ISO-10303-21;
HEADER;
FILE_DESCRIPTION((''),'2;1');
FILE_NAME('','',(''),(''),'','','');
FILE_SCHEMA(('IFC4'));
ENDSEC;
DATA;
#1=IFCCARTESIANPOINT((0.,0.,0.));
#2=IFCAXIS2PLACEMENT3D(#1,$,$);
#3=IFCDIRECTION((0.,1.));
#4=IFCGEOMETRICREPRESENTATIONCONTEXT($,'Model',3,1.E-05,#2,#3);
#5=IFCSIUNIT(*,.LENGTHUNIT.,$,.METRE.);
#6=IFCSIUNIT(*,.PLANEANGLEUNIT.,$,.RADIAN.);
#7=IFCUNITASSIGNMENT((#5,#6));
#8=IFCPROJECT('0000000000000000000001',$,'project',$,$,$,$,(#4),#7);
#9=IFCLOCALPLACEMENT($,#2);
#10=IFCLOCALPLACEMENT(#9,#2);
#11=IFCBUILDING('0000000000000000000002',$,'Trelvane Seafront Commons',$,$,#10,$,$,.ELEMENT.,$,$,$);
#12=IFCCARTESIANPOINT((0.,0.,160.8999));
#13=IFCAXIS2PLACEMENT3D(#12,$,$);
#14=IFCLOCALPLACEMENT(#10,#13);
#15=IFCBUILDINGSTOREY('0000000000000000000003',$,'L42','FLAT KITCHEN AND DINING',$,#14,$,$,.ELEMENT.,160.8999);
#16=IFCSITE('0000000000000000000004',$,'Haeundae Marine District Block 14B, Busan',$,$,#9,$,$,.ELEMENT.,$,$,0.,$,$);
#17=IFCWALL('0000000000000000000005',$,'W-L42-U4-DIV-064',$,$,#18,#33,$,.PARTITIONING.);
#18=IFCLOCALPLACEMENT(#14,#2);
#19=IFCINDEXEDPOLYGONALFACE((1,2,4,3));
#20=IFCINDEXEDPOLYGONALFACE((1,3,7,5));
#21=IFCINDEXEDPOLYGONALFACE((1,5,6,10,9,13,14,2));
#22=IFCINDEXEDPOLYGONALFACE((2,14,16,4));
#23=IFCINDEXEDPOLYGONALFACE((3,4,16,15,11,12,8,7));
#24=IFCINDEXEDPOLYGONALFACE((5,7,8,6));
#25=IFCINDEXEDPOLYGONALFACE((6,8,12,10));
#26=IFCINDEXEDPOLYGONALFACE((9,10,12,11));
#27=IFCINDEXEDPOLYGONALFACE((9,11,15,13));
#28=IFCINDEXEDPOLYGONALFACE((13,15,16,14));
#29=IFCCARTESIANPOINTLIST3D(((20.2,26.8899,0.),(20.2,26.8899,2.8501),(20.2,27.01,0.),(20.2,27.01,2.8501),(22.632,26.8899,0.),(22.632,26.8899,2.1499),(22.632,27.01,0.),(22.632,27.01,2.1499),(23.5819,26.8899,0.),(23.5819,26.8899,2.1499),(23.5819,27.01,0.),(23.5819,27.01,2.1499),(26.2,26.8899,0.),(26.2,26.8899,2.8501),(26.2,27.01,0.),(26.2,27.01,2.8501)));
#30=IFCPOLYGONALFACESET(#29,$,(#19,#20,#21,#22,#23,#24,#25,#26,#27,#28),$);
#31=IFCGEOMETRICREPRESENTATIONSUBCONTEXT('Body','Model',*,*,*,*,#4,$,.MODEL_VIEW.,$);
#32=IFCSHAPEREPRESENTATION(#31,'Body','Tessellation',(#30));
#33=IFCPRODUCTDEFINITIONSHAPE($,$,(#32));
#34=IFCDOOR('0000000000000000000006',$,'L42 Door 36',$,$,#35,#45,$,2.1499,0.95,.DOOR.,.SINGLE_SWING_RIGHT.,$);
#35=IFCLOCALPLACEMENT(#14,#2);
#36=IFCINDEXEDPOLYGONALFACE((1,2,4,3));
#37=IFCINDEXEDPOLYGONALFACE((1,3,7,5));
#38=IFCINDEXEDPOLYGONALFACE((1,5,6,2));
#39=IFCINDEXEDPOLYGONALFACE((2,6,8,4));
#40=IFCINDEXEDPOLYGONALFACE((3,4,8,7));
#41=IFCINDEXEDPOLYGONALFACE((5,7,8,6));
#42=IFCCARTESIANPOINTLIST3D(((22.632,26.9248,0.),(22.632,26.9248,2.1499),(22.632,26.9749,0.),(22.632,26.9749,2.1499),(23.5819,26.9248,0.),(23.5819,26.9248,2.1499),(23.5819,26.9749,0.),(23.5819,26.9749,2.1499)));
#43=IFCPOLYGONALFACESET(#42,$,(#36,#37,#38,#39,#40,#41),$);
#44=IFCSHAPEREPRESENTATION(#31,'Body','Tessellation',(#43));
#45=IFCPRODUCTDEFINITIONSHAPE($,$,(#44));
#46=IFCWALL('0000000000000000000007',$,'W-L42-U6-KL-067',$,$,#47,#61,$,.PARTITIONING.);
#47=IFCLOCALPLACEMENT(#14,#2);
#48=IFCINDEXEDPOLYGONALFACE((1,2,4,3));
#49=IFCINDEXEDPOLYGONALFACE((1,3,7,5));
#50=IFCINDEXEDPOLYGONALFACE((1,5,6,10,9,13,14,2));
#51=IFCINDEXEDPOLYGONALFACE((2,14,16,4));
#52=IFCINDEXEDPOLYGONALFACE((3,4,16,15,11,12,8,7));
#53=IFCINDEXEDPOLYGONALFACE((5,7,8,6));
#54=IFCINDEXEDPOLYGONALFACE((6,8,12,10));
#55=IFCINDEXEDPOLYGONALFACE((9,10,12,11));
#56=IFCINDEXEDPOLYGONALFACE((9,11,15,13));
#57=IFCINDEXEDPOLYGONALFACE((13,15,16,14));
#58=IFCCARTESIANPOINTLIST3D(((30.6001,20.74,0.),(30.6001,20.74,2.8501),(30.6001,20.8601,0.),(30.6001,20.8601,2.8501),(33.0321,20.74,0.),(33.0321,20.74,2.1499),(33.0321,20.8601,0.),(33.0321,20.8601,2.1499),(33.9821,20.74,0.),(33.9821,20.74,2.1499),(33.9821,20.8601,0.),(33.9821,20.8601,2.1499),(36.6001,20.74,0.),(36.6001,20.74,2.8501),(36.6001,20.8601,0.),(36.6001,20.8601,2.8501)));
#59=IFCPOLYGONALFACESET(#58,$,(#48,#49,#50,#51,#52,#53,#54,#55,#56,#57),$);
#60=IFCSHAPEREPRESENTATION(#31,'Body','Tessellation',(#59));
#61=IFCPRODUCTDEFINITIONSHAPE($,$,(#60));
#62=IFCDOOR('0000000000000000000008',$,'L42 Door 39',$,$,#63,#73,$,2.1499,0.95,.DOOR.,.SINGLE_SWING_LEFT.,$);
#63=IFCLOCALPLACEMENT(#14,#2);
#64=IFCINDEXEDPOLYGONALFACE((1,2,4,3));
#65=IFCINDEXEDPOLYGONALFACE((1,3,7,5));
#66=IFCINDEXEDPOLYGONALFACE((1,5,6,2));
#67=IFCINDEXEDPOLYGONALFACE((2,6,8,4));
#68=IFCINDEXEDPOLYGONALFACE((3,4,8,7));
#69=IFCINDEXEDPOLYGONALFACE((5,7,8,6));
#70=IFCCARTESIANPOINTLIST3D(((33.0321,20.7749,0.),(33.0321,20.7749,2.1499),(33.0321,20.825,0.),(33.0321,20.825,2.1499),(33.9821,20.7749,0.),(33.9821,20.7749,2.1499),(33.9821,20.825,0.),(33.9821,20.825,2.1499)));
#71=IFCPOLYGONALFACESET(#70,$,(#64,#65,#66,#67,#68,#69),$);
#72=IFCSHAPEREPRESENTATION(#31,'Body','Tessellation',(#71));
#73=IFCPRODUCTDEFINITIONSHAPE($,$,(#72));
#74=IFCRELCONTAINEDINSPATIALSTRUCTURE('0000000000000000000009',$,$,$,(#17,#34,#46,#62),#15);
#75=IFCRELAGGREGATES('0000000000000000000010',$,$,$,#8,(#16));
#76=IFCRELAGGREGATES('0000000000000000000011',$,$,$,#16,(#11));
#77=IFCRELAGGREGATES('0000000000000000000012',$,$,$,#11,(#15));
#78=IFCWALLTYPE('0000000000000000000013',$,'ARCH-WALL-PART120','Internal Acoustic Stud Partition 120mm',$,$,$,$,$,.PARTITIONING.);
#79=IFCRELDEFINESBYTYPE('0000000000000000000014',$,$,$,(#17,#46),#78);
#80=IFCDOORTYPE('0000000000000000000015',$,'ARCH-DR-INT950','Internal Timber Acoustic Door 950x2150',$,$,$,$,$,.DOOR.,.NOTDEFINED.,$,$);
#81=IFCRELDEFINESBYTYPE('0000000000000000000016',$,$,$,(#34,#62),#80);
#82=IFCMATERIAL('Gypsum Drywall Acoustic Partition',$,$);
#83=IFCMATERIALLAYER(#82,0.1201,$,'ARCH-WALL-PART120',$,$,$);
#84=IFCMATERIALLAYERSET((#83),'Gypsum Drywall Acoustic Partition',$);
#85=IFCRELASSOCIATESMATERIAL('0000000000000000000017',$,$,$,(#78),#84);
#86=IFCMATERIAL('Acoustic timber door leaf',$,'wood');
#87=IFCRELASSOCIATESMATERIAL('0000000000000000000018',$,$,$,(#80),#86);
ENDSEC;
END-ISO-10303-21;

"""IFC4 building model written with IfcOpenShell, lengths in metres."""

from ifc_helpers import new_model, si_unit, direction, frame, frame_2d, origin, place, context, subcontext, project, spatial, rectangle, extrude, source, transform, mapped, material, layer, layer_set, type_object, element, fill, save


model = new_model("IFC4")

# Units and contexts
model_context = context("Model", 3, precision=1e-05, world=origin(), true_north=direction((0.0, 1.0)))
body_context = subcontext(model_context, "Body", "Model", "MODEL_VIEW")
ifc_project = project(units=[si_unit("LENGTHUNIT", "METRE"), si_unit("PLANEANGLEUNIT", "RADIAN")], contexts=[model_context])

# Site, building, storey
site_placement = place(None, origin())
site = spatial("IfcSite", under=ifc_project, at=site_placement, Name="Haeundae Marine District Block 14B, Busan", CompositionType="ELEMENT", RefElevation=0.0)
building_placement = place(site_placement, origin())
building = spatial("IfcBuilding", under=site, at=building_placement, Name="Trelvane Seafront Commons", CompositionType="ELEMENT")
storey_placement = place(building_placement, frame((0.0, 0.0, 160.8999)))
storey = spatial("IfcBuildingStorey", under=building, at=storey_placement, Name="L42", Description="FLAT KITCHEN AND DINING", CompositionType="ELEMENT", Elevation=160.8999)

# Walls, openings, doors
ifc_material_1 = material(Name="Gypsum Drywall Acoustic Partition")
ifc_layer = layer(ifc_material_1, 0.1201, Name="ARCH-WALL-PART120")
ifc_layer_set = layer_set([ifc_layer], Name="Gypsum Drywall Acoustic Partition")
wall_type = type_object("IfcWallType", Name="ARCH-WALL-PART120", Description="Internal Acoustic Stud Partition 120mm", PredefinedType="PARTITIONING", material=ifc_layer_set)
ifc_material_2 = material(Name="Acoustic timber door leaf", Category="wood")
door_type = type_object("IfcDoorType", Name="ARCH-DR-INT950", Description="Internal Timber Acoustic Door 950x2150", OperationType="NOTDEFINED", PredefinedType="DOOR", material=ifc_material_2)
shared_shape_1 = source(origin(), body_context, "Body", "SweptSolid", [
    extrude(rectangle(XDim=0.95, YDim=2.1499, at=frame_2d((0.4751, 1.075))), frame((0.0, 0.0249, 0.0), z_axis=(0.0, -1.0, 0.0), x_axis=(1.0, 0.0, 0.0)), (0.0, 0.0, 1.0), 0.05),
])
wall_1_placement = place(storey_placement, frame((20.2, 26.95, 0.0), z_axis=(0.0, 0.0, 1.0), x_axis=(1.0, 0.0, 0.0)))
wall_1 = element("IfcWall", 1, at=wall_1_placement, inside=storey, type_object=wall_type, Name="W-L42-U4-DIV-064", PredefinedType="PARTITIONING", context=body_context, shape_type="SweptSolid", body=[
    extrude(rectangle(XDim=6.0, YDim=0.1201, at=frame_2d((3.0, 0.0))), origin(), (0.0, 0.0, 1.0), 2.8501),
])
opening_1_placement = place(wall_1_placement, frame((2.4319, 0.0, 0.0)))
opening_1 = element("IfcOpeningElement", 2, at=opening_1_placement, cuts=wall_1, PredefinedType="OPENING", context=body_context, shape_type="SweptSolid", body=[
    extrude(rectangle(XDim=0.95, YDim=2.1499, at=frame_2d((0.4751, 1.075))), frame((0.0, 0.0701, 0.0), z_axis=(0.0, -1.0, 0.0), x_axis=(1.0, 0.0, 0.0)), (0.0, 0.0, 1.0), 0.1401),
])
door_1_placement = place(opening_1_placement, origin())
door_1 = element("IfcDoor", 3, at=door_1_placement, inside=storey, type_object=door_type, Name="L42 Door 36", OperationType="SINGLE_SWING_RIGHT", OverallHeight=2.1499, OverallWidth=0.95, PredefinedType="DOOR", context=body_context, shape_type="MappedRepresentation", body=[
    mapped(shared_shape_1, transform((0.0, 0.0, 0.0), x_axis=(1.0, 0.0, 0.0), y_axis=(0.0, 1.0, 0.0), z_axis=(0.0, 0.0, 1.0), scale=1.0)),
])
fill(opening_1, door_1)
wall_2_placement = place(storey_placement, frame((30.6001, 20.8, 0.0), z_axis=(0.0, 0.0, 1.0), x_axis=(1.0, 0.0, 0.0)))
wall_2 = element("IfcWall", 4, at=wall_2_placement, inside=storey, type_object=wall_type, Name="W-L42-U6-KL-067", PredefinedType="PARTITIONING", context=body_context, shape_type="SweptSolid", body=[
    extrude(rectangle(XDim=6.0, YDim=0.1201, at=frame_2d((3.0, 0.0))), origin(), (0.0, 0.0, 1.0), 2.8501),
])
opening_2_placement = place(wall_2_placement, frame((2.4319, 0.0, 0.0)))
opening_2 = element("IfcOpeningElement", 5, at=opening_2_placement, cuts=wall_2, PredefinedType="OPENING", context=body_context, shape_type="SweptSolid", body=[
    extrude(rectangle(XDim=0.95, YDim=2.1499, at=frame_2d((0.4751, 1.075))), frame((0.0, 0.0701, 0.0), z_axis=(0.0, -1.0, 0.0), x_axis=(1.0, 0.0, 0.0)), (0.0, 0.0, 1.0), 0.1401),
])
door_2_placement = place(opening_2_placement, origin())
door_2 = element("IfcDoor", 6, at=door_2_placement, inside=storey, type_object=door_type, Name="L42 Door 39", OperationType="SINGLE_SWING_LEFT", OverallHeight=2.1499, OverallWidth=0.95, PredefinedType="DOOR", context=body_context, shape_type="MappedRepresentation", body=[
    mapped(shared_shape_1, transform((0.0, 0.0, 0.0), x_axis=(1.0, 0.0, 0.0), y_axis=(0.0, 1.0, 0.0), z_axis=(0.0, 0.0, 1.0), scale=1.0)),
])
fill(opening_2, door_2)

save(model, "model.ifc")
